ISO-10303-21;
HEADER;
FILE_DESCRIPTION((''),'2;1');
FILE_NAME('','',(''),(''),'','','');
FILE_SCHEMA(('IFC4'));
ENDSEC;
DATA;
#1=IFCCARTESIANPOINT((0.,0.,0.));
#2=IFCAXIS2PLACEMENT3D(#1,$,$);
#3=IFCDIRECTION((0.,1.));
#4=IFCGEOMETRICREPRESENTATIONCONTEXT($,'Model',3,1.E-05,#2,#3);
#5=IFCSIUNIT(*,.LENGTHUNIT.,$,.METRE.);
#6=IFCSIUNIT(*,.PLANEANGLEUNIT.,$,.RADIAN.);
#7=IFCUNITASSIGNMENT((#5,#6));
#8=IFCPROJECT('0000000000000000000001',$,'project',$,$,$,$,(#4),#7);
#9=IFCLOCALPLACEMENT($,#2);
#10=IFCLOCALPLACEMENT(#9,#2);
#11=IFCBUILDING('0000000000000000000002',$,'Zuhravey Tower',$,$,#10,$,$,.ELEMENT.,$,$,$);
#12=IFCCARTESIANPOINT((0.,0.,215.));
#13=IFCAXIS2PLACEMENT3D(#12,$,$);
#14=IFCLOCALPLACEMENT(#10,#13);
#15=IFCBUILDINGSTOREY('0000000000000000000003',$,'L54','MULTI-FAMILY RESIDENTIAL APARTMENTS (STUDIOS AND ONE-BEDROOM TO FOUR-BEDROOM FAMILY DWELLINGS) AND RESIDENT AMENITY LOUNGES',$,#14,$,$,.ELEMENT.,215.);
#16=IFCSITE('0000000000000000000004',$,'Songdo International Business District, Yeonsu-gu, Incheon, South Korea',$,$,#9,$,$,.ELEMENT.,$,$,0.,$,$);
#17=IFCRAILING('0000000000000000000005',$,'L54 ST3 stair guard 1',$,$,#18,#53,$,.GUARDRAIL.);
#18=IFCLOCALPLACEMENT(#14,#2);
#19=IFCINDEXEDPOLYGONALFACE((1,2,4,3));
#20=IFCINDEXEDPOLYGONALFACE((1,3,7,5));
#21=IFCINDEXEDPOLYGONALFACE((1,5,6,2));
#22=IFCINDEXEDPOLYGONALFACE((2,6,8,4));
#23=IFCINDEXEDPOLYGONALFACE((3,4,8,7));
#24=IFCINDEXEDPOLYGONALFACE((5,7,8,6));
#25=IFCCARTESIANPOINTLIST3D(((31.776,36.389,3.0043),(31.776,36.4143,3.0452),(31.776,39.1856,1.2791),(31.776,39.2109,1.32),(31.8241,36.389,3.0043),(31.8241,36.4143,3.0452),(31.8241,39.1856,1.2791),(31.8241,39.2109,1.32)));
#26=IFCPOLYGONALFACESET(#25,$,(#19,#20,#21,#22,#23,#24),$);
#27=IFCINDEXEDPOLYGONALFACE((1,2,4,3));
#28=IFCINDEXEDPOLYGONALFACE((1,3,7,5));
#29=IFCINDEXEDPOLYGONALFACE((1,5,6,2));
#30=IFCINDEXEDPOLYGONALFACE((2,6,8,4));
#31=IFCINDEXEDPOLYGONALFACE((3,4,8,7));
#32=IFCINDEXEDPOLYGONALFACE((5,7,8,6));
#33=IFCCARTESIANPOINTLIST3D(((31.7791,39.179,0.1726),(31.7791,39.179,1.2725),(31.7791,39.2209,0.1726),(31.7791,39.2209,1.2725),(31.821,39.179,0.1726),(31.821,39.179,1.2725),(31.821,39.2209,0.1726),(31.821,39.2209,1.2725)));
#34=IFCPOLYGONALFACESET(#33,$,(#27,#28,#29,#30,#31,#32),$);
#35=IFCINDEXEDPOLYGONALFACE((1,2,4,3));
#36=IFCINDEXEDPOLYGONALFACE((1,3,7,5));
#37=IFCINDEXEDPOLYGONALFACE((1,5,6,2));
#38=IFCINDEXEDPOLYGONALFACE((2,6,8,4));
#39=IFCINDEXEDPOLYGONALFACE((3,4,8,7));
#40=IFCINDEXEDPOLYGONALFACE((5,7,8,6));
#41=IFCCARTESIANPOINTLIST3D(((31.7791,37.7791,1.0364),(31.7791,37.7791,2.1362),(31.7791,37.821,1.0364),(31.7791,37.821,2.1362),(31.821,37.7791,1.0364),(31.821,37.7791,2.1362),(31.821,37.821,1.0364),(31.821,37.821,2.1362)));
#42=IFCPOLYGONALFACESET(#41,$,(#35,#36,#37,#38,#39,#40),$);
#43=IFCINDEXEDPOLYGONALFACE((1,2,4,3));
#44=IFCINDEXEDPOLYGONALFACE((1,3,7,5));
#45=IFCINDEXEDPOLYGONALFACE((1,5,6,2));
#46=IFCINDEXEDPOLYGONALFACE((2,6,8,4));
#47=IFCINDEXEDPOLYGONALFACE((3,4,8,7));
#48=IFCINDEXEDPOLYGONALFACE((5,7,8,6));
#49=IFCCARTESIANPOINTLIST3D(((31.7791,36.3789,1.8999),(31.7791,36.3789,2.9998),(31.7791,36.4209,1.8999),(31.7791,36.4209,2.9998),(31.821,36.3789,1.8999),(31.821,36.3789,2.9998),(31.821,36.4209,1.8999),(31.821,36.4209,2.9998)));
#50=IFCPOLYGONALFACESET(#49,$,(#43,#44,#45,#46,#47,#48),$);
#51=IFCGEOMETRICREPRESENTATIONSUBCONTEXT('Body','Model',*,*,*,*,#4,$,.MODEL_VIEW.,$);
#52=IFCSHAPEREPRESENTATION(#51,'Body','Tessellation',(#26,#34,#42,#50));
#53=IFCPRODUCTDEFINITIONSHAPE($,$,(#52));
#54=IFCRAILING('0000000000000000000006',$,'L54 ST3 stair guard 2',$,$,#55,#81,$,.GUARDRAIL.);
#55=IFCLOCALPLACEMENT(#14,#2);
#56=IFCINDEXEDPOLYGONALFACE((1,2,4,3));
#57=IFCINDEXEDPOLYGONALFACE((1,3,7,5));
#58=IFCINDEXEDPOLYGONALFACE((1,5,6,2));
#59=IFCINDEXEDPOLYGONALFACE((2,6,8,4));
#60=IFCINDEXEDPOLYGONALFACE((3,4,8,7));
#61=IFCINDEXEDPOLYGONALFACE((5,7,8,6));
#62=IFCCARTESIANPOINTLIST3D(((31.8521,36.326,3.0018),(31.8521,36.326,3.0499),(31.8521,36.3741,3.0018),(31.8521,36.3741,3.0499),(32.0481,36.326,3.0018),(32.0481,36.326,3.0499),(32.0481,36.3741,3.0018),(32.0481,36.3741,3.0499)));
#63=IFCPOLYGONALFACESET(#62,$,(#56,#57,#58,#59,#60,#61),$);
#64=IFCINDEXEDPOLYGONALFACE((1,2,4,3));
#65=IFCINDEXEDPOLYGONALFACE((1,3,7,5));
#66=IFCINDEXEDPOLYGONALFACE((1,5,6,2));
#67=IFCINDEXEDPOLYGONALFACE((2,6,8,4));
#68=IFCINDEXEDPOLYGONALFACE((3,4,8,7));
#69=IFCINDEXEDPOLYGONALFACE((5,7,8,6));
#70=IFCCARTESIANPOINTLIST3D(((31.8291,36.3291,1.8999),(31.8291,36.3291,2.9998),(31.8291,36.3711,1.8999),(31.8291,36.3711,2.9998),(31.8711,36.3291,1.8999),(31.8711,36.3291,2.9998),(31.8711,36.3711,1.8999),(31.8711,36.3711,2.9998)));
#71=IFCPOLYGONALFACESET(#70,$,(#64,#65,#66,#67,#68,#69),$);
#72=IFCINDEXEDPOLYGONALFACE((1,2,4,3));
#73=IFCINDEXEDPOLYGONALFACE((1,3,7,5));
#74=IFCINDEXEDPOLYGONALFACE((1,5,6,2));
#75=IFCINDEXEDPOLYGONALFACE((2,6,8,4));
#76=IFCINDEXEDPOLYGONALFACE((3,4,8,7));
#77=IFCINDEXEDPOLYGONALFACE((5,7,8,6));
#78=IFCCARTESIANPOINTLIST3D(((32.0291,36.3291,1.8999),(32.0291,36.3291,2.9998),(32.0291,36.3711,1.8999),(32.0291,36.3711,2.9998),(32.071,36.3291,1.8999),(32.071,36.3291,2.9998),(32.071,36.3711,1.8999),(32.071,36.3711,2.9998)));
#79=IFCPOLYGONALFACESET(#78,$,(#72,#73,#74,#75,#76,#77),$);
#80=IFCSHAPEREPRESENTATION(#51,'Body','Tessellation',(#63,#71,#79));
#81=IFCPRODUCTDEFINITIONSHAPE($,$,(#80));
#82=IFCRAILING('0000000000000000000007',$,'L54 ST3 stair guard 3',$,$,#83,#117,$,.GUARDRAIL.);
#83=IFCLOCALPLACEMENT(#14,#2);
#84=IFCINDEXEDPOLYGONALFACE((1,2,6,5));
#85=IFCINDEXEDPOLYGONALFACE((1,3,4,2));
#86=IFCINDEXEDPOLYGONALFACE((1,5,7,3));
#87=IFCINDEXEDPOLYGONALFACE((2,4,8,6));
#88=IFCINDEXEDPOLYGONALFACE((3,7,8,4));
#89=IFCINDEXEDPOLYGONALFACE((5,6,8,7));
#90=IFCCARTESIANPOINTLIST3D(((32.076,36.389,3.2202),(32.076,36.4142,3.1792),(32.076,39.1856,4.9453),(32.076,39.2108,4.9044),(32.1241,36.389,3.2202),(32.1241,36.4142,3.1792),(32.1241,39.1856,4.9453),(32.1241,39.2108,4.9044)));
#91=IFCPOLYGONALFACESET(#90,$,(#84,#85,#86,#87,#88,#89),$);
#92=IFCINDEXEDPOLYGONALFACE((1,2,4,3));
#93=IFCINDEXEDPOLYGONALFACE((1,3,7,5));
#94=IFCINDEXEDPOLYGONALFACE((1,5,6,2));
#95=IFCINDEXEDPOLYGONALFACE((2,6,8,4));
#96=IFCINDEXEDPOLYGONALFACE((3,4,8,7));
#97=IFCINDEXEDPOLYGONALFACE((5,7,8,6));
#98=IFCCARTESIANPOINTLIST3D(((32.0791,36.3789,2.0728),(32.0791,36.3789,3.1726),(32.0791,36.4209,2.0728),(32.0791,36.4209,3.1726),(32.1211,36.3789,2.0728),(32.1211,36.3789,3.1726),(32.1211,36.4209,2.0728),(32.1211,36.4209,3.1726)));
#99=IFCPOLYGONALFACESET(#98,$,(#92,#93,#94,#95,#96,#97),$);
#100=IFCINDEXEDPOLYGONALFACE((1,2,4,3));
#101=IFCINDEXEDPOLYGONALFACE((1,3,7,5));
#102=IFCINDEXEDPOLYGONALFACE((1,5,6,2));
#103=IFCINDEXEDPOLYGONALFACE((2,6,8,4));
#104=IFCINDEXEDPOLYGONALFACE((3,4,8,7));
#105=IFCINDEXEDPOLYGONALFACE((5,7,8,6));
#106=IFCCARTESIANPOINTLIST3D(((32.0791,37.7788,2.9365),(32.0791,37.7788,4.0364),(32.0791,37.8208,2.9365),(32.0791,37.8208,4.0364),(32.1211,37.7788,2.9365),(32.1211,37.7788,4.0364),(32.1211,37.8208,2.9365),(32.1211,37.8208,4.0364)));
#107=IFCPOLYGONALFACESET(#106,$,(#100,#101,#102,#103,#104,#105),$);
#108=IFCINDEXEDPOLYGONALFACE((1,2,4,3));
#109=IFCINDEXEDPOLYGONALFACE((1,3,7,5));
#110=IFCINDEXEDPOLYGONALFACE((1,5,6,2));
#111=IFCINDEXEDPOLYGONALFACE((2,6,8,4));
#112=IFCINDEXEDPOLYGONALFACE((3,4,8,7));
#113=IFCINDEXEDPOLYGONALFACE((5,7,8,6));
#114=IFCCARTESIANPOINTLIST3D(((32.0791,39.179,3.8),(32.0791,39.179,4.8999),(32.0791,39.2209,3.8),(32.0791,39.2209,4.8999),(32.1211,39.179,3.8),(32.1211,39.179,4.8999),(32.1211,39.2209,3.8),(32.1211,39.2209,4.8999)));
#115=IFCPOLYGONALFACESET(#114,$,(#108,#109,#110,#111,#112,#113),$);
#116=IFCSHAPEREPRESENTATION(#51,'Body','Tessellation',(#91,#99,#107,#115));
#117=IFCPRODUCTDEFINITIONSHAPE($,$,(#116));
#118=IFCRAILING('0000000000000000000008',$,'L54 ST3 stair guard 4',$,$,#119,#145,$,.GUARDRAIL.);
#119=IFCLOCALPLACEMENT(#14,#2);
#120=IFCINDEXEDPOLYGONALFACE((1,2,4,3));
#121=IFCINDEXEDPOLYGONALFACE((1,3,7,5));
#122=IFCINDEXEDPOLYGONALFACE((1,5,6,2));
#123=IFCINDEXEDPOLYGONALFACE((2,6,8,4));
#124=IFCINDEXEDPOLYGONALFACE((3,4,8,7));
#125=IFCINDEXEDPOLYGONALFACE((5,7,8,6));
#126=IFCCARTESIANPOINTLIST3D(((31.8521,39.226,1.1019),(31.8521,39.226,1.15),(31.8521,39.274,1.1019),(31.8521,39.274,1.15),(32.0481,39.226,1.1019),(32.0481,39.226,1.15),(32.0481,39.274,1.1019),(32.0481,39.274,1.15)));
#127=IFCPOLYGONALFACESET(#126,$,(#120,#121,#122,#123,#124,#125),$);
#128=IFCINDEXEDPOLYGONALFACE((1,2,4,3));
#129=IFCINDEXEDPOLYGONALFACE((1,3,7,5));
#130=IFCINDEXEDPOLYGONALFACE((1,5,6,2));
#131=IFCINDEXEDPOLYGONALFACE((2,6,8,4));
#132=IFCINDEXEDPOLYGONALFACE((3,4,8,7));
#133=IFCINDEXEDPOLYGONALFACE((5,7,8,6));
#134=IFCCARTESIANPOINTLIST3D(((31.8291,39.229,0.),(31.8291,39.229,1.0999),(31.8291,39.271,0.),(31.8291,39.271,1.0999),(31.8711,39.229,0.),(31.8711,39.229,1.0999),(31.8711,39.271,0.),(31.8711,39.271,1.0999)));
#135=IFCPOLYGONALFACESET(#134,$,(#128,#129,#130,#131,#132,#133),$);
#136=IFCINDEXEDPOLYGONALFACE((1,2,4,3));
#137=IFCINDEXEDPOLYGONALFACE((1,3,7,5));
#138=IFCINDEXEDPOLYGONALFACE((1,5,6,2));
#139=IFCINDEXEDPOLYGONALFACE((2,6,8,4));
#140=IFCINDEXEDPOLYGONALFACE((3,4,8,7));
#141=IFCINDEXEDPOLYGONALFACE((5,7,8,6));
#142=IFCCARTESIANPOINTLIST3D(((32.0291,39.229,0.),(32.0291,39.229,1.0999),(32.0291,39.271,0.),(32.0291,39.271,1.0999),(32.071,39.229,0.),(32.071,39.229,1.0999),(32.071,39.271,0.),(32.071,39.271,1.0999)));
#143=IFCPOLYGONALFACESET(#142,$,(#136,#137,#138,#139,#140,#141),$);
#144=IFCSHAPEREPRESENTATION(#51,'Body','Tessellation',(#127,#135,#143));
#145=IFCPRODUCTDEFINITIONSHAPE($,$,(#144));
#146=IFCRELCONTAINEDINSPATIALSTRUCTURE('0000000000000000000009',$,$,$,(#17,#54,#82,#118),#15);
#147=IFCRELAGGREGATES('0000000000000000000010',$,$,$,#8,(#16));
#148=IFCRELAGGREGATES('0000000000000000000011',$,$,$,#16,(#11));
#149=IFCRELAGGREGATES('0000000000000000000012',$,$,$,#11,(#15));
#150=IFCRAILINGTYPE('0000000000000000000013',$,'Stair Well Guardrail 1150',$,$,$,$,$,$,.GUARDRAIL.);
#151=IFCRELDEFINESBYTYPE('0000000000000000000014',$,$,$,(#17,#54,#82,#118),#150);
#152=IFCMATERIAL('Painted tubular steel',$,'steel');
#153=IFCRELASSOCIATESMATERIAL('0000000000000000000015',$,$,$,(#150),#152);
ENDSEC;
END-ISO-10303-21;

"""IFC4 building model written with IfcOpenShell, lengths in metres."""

from ifc_helpers import new_model, si_unit, direction, frame, origin, origin_2d, place, context, subcontext, project, spatial, rectangle, extrude, material, type_object, element, save


model = new_model("IFC4")

# Units and contexts
model_context = context("Model", 3, precision=1e-05, world=origin(), true_north=direction((0.0, 1.0)))
body_context = subcontext(model_context, "Body", "Model", "MODEL_VIEW")
ifc_project = project(units=[si_unit("LENGTHUNIT", "METRE"), si_unit("PLANEANGLEUNIT", "RADIAN")], contexts=[model_context])

# Site, building, storey
site_placement = place(None, origin())
site = spatial("IfcSite", under=ifc_project, at=site_placement, Name="Songdo International Business District, Yeonsu-gu, Incheon, South Korea", CompositionType="ELEMENT", RefElevation=0.0)
building_placement = place(site_placement, origin())
building = spatial("IfcBuilding", under=site, at=building_placement, Name="Zuhravey Tower", CompositionType="ELEMENT")
storey_placement = place(building_placement, frame((0.0, 0.0, 215.0)))
storey = spatial("IfcBuildingStorey", under=building, at=storey_placement, Name="L54", Description="MULTI-FAMILY RESIDENTIAL APARTMENTS (STUDIOS AND ONE-BEDROOM TO FOUR-BEDROOM FAMILY DWELLINGS) AND RESIDENT AMENITY LOUNGES", CompositionType="ELEMENT", Elevation=215.0)

# Railings
ifc_material_1 = material(Name="Painted tubular steel", Category="steel")
railing_type_1 = type_object("IfcRailingType", Name="Stair Well Guardrail 1150", PredefinedType="GUARDRAIL", material=ifc_material_1)
railing_1_placement = place(storey_placement, frame((31.8, 39.2, 0.1726)))
element("IfcRailing", 1, at=railing_1_placement, inside=storey, type_object=railing_type_1, Name="L54 ST3 stair guard 1", PredefinedType="GUARDRAIL", context=body_context, shape_type="SweptSolid", body=[
    extrude(rectangle(XDim=0.0481, YDim=0.0481, at=origin_2d()), frame((0.0, -0.0017, 1.127), z_axis=(0.0, -0.85109, 0.52502), x_axis=(1.0, 0.0, 0.0)), (0.0, 0.0, 1.0), 3.2859),
    extrude(rectangle(XDim=0.042, YDim=0.042, at=origin_2d()), origin(), (0.0, 0.0, 1.0), 1.0999),
    extrude(rectangle(XDim=0.042, YDim=0.042, at=origin_2d()), frame((0.0, -1.3999, 0.8638)), (0.0, 0.0, 1.0), 1.0999),
    extrude(rectangle(XDim=0.042, YDim=0.042, at=origin_2d()), frame((0.0, -2.8, 1.7273)), (0.0, 0.0, 1.0), 1.0999),
])
railing_2_placement = place(storey_placement, frame((31.8501, 36.3501, 1.8999)))
element("IfcRailing", 2, at=railing_2_placement, inside=storey, type_object=railing_type_1, Name="L54 ST3 stair guard 2", PredefinedType="GUARDRAIL", context=body_context, shape_type="SweptSolid", body=[
    extrude(rectangle(XDim=0.0481, YDim=0.0481, at=origin_2d()), frame((0.002, 0.0, 1.126), z_axis=(1.0, 0.0, 0.0), x_axis=(0.0, 1.0, 0.0)), (0.0, 0.0, 1.0), 0.196),
    extrude(rectangle(XDim=0.042, YDim=0.042, at=origin_2d()), origin(), (0.0, 0.0, 1.0), 1.0999),
    extrude(rectangle(XDim=0.042, YDim=0.042, at=origin_2d()), frame((0.2, 0.0, 0.0)), (0.0, 0.0, 1.0), 1.0999),
])
railing_3_placement = place(storey_placement, frame((32.1001, 36.3999, 2.0728)))
element("IfcRailing", 3, at=railing_3_placement, inside=storey, type_object=railing_type_1, Name="L54 ST3 stair guard 3", PredefinedType="GUARDRAIL", context=body_context, shape_type="SweptSolid", body=[
    extrude(rectangle(XDim=0.0481, YDim=0.0481, at=origin_2d()), frame((0.0, 0.0017, 1.127), z_axis=(0.0, 0.85109, 0.52502), x_axis=(-1.0, 0.0, 0.0)), (0.0, 0.0, 1.0), 3.2859),
    extrude(rectangle(XDim=0.042, YDim=0.042, at=origin_2d()), origin(), (0.0, 0.0, 1.0), 1.0999),
    extrude(rectangle(XDim=0.042, YDim=0.042, at=origin_2d()), frame((0.0, 1.3999, 0.8638)), (0.0, 0.0, 1.0), 1.0999),
    extrude(rectangle(XDim=0.042, YDim=0.042, at=origin_2d()), frame((0.0, 2.8, 1.7273)), (0.0, 0.0, 1.0), 1.0999),
])
railing_4_placement = place(storey_placement, frame((31.8501, 39.25, 0.0)))
element("IfcRailing", 4, at=railing_4_placement, inside=storey, type_object=railing_type_1, Name="L54 ST3 stair guard 4", PredefinedType="GUARDRAIL", context=body_context, shape_type="SweptSolid", body=[
    extrude(rectangle(XDim=0.0481, YDim=0.0481, at=origin_2d()), frame((0.002, 0.0, 1.126), z_axis=(1.0, 0.0, 0.0), x_axis=(0.0, 1.0, 0.0)), (0.0, 0.0, 1.0), 0.196),
    extrude(rectangle(XDim=0.042, YDim=0.042, at=origin_2d()), origin(), (0.0, 0.0, 1.0), 1.0999),
    extrude(rectangle(XDim=0.042, YDim=0.042, at=origin_2d()), frame((0.2, 0.0, 0.0)), (0.0, 0.0, 1.0), 1.0999),
])

save(model, "model.ifc")
